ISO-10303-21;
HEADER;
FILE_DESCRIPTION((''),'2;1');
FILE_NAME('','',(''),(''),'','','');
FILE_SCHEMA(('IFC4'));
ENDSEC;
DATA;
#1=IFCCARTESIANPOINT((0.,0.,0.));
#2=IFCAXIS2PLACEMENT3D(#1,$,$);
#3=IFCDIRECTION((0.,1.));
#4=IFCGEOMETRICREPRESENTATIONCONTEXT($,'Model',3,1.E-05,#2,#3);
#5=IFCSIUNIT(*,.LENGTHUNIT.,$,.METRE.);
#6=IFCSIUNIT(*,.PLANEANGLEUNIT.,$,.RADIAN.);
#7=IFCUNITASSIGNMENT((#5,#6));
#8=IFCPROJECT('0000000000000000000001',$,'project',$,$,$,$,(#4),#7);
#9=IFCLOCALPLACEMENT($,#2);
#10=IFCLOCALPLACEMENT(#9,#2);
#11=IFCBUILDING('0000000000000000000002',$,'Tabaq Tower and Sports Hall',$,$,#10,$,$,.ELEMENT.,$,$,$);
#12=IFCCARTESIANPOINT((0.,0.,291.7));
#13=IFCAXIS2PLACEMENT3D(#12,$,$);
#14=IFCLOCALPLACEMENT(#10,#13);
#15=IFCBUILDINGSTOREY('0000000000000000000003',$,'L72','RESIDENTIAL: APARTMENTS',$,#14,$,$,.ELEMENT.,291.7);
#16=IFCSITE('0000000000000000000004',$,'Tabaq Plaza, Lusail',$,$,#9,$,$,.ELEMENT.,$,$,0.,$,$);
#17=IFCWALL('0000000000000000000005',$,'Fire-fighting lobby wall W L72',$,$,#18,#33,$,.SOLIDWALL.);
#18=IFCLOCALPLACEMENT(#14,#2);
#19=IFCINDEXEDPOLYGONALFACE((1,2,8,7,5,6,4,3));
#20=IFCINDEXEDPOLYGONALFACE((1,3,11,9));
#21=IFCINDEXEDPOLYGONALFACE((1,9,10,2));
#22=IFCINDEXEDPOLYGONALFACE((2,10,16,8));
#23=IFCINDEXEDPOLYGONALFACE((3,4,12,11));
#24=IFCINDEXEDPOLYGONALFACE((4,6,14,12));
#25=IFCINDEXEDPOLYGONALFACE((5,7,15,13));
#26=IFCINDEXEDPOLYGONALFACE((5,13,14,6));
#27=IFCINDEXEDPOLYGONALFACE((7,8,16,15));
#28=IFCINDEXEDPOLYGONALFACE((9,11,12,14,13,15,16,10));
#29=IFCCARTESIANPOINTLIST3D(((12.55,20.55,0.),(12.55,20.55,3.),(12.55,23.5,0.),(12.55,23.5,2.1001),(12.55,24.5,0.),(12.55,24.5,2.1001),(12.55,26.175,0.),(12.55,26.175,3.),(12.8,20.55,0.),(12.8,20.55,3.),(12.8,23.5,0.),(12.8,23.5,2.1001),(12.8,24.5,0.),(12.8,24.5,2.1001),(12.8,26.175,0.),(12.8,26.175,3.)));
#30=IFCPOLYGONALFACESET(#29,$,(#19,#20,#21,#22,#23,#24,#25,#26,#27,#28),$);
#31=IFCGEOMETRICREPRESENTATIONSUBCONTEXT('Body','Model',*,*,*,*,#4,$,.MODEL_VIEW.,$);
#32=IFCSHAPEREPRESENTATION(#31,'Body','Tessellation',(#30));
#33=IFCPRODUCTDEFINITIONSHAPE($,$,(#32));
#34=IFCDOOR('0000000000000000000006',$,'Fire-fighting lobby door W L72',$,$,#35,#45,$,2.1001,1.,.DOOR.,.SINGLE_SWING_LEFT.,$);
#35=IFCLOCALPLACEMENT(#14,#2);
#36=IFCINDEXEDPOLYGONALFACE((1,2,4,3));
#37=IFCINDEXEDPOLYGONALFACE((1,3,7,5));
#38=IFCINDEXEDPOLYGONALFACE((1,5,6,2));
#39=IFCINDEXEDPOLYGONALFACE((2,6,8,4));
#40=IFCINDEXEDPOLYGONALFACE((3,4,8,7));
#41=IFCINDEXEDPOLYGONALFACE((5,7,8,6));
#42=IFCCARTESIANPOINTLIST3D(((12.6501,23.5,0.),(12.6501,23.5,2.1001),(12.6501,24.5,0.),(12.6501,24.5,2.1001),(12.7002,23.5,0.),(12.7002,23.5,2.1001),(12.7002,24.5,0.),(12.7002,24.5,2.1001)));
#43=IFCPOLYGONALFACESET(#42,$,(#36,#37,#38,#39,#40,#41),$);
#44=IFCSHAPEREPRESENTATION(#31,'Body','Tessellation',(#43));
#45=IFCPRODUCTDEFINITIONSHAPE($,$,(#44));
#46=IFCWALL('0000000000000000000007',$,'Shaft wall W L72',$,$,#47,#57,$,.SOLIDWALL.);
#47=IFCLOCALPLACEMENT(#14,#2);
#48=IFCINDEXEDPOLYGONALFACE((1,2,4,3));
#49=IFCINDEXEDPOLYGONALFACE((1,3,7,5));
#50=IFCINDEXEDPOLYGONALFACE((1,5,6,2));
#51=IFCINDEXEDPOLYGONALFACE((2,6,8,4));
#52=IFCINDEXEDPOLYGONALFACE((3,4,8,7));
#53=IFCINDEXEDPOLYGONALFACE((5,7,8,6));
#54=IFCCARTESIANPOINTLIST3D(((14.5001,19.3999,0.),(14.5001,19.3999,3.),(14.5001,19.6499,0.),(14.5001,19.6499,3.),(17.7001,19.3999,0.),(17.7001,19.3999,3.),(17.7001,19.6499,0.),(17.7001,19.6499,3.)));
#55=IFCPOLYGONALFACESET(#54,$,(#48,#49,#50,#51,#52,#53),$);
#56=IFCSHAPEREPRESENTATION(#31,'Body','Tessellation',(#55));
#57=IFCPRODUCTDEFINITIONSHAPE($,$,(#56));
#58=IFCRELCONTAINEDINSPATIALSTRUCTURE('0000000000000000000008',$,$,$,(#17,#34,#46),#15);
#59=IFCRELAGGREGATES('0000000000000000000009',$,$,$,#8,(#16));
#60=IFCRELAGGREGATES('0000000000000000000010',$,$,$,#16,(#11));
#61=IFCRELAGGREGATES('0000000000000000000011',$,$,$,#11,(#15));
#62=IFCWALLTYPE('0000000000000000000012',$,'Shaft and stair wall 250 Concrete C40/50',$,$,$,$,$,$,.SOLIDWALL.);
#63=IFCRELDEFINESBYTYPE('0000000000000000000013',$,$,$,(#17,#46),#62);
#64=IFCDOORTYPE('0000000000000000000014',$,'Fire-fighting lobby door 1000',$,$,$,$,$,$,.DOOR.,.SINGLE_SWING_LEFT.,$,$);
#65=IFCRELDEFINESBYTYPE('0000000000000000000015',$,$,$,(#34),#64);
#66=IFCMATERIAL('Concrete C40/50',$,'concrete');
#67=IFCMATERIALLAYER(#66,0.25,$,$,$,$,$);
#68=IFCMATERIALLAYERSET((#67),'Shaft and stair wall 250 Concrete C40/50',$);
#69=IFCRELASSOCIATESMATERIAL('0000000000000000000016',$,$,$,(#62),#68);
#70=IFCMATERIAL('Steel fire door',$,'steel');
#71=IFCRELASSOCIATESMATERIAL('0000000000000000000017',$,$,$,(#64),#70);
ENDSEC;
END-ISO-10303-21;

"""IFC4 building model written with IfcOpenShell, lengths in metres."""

from ifc_helpers import new_model, si_unit, direction, frame, frame_2d, origin, place, context, subcontext, project, spatial, rectangle, extrude, material, layer, layer_set, type_object, element, fill, save


model = new_model("IFC4")

# Units and contexts
model_context = context("Model", 3, precision=1e-05, world=origin(), true_north=direction((0.0, 1.0)))
body_context = subcontext(model_context, "Body", "Model", "MODEL_VIEW")
ifc_project = project(units=[si_unit("LENGTHUNIT", "METRE"), si_unit("PLANEANGLEUNIT", "RADIAN")], contexts=[model_context])

# Site, building, storey
site_placement = place(None, origin())
site = spatial("IfcSite", under=ifc_project, at=site_placement, Name="Tabaq Plaza, Lusail", CompositionType="ELEMENT", RefElevation=0.0)
building_placement = place(site_placement, origin())
building = spatial("IfcBuilding", under=site, at=building_placement, Name="Tabaq Tower and Sports Hall", CompositionType="ELEMENT")
storey_placement = place(building_placement, frame((0.0, 0.0, 291.7)))
storey = spatial("IfcBuildingStorey", under=building, at=storey_placement, Name="L72", Description="RESIDENTIAL: APARTMENTS", CompositionType="ELEMENT", Elevation=291.7)

# Shared definitions
ifc_material_1 = material(Name="Concrete C40/50", Category="concrete")
ifc_layer_1 = layer(ifc_material_1, 0.25)
ifc_layer_set_1 = layer_set([ifc_layer_1], Name="Shaft and stair wall 250 Concrete C40/50")
wall_type_1 = type_object("IfcWallType", Name="Shaft and stair wall 250 Concrete C40/50", PredefinedType="SOLIDWALL", material=ifc_layer_set_1)

# Wall, opening, door
wall_1_placement = place(storey_placement, frame((12.675, 20.55, 0.0), z_axis=(0.0, 0.0, 1.0), x_axis=(0.0, 1.0, 0.0)))
wall_1 = element("IfcWall", 1, at=wall_1_placement, inside=storey, type_object=wall_type_1, Name="Fire-fighting lobby wall W L72", PredefinedType="SOLIDWALL", context=body_context, shape_type="SweptSolid", body=[
    extrude(rectangle(XDim=5.625, YDim=0.25, at=frame_2d((2.8125, 0.0))), origin(), (0.0, 0.0, 1.0), 3.0),
])
opening_1_placement = place(wall_1_placement, frame((2.95, 0.0, 0.0)))
opening_1 = element("IfcOpeningElement", 2, at=opening_1_placement, cuts=wall_1, PredefinedType="OPENING", context=body_context, shape_type="SweptSolid", body=[
    extrude(rectangle(XDim=1.0, YDim=2.1001, at=frame_2d((0.5, 1.05))), frame((0.0, 0.125, 0.0), z_axis=(0.0, -1.0, 0.0), x_axis=(1.0, 0.0, 0.0)), (0.0, 0.0, 1.0), 0.25),
])
ifc_material_2 = material(Name="Steel fire door", Category="steel")
door_type_1 = type_object("IfcDoorType", Name="Fire-fighting lobby door 1000", OperationType="SINGLE_SWING_LEFT", PredefinedType="DOOR", material=ifc_material_2)
door_1_placement = place(opening_1_placement, origin())
door_1 = element("IfcDoor", 3, at=door_1_placement, inside=storey, type_object=door_type_1, Name="Fire-fighting lobby door W L72", OperationType="SINGLE_SWING_LEFT", OverallHeight=2.1001, OverallWidth=1.0, PredefinedType="DOOR", context=body_context, shape_type="SweptSolid", body=[
    extrude(rectangle(XDim=1.0, YDim=2.1001, at=frame_2d((0.5, 1.05))), frame((0.0, 0.0249, 0.0), z_axis=(0.0, -1.0, 0.0), x_axis=(1.0, 0.0, 0.0)), (0.0, 0.0, 1.0), 0.05),
])
fill(opening_1, door_1)

# Wall
wall_2_placement = place(storey_placement, frame((14.5, 19.5249, 0.0), z_axis=(0.0, 0.0, 1.0), x_axis=(1.0, 0.0, 0.0)))
element("IfcWall", 4, at=wall_2_placement, inside=storey, type_object=wall_type_1, Name="Shaft wall W L72", PredefinedType="SOLIDWALL", context=body_context, shape_type="SweptSolid", body=[
    extrude(rectangle(XDim=3.2, YDim=0.25, at=frame_2d((1.6001, 0.0))), origin(), (0.0, 0.0, 1.0), 3.0),
])

save(model, "model.ifc")
